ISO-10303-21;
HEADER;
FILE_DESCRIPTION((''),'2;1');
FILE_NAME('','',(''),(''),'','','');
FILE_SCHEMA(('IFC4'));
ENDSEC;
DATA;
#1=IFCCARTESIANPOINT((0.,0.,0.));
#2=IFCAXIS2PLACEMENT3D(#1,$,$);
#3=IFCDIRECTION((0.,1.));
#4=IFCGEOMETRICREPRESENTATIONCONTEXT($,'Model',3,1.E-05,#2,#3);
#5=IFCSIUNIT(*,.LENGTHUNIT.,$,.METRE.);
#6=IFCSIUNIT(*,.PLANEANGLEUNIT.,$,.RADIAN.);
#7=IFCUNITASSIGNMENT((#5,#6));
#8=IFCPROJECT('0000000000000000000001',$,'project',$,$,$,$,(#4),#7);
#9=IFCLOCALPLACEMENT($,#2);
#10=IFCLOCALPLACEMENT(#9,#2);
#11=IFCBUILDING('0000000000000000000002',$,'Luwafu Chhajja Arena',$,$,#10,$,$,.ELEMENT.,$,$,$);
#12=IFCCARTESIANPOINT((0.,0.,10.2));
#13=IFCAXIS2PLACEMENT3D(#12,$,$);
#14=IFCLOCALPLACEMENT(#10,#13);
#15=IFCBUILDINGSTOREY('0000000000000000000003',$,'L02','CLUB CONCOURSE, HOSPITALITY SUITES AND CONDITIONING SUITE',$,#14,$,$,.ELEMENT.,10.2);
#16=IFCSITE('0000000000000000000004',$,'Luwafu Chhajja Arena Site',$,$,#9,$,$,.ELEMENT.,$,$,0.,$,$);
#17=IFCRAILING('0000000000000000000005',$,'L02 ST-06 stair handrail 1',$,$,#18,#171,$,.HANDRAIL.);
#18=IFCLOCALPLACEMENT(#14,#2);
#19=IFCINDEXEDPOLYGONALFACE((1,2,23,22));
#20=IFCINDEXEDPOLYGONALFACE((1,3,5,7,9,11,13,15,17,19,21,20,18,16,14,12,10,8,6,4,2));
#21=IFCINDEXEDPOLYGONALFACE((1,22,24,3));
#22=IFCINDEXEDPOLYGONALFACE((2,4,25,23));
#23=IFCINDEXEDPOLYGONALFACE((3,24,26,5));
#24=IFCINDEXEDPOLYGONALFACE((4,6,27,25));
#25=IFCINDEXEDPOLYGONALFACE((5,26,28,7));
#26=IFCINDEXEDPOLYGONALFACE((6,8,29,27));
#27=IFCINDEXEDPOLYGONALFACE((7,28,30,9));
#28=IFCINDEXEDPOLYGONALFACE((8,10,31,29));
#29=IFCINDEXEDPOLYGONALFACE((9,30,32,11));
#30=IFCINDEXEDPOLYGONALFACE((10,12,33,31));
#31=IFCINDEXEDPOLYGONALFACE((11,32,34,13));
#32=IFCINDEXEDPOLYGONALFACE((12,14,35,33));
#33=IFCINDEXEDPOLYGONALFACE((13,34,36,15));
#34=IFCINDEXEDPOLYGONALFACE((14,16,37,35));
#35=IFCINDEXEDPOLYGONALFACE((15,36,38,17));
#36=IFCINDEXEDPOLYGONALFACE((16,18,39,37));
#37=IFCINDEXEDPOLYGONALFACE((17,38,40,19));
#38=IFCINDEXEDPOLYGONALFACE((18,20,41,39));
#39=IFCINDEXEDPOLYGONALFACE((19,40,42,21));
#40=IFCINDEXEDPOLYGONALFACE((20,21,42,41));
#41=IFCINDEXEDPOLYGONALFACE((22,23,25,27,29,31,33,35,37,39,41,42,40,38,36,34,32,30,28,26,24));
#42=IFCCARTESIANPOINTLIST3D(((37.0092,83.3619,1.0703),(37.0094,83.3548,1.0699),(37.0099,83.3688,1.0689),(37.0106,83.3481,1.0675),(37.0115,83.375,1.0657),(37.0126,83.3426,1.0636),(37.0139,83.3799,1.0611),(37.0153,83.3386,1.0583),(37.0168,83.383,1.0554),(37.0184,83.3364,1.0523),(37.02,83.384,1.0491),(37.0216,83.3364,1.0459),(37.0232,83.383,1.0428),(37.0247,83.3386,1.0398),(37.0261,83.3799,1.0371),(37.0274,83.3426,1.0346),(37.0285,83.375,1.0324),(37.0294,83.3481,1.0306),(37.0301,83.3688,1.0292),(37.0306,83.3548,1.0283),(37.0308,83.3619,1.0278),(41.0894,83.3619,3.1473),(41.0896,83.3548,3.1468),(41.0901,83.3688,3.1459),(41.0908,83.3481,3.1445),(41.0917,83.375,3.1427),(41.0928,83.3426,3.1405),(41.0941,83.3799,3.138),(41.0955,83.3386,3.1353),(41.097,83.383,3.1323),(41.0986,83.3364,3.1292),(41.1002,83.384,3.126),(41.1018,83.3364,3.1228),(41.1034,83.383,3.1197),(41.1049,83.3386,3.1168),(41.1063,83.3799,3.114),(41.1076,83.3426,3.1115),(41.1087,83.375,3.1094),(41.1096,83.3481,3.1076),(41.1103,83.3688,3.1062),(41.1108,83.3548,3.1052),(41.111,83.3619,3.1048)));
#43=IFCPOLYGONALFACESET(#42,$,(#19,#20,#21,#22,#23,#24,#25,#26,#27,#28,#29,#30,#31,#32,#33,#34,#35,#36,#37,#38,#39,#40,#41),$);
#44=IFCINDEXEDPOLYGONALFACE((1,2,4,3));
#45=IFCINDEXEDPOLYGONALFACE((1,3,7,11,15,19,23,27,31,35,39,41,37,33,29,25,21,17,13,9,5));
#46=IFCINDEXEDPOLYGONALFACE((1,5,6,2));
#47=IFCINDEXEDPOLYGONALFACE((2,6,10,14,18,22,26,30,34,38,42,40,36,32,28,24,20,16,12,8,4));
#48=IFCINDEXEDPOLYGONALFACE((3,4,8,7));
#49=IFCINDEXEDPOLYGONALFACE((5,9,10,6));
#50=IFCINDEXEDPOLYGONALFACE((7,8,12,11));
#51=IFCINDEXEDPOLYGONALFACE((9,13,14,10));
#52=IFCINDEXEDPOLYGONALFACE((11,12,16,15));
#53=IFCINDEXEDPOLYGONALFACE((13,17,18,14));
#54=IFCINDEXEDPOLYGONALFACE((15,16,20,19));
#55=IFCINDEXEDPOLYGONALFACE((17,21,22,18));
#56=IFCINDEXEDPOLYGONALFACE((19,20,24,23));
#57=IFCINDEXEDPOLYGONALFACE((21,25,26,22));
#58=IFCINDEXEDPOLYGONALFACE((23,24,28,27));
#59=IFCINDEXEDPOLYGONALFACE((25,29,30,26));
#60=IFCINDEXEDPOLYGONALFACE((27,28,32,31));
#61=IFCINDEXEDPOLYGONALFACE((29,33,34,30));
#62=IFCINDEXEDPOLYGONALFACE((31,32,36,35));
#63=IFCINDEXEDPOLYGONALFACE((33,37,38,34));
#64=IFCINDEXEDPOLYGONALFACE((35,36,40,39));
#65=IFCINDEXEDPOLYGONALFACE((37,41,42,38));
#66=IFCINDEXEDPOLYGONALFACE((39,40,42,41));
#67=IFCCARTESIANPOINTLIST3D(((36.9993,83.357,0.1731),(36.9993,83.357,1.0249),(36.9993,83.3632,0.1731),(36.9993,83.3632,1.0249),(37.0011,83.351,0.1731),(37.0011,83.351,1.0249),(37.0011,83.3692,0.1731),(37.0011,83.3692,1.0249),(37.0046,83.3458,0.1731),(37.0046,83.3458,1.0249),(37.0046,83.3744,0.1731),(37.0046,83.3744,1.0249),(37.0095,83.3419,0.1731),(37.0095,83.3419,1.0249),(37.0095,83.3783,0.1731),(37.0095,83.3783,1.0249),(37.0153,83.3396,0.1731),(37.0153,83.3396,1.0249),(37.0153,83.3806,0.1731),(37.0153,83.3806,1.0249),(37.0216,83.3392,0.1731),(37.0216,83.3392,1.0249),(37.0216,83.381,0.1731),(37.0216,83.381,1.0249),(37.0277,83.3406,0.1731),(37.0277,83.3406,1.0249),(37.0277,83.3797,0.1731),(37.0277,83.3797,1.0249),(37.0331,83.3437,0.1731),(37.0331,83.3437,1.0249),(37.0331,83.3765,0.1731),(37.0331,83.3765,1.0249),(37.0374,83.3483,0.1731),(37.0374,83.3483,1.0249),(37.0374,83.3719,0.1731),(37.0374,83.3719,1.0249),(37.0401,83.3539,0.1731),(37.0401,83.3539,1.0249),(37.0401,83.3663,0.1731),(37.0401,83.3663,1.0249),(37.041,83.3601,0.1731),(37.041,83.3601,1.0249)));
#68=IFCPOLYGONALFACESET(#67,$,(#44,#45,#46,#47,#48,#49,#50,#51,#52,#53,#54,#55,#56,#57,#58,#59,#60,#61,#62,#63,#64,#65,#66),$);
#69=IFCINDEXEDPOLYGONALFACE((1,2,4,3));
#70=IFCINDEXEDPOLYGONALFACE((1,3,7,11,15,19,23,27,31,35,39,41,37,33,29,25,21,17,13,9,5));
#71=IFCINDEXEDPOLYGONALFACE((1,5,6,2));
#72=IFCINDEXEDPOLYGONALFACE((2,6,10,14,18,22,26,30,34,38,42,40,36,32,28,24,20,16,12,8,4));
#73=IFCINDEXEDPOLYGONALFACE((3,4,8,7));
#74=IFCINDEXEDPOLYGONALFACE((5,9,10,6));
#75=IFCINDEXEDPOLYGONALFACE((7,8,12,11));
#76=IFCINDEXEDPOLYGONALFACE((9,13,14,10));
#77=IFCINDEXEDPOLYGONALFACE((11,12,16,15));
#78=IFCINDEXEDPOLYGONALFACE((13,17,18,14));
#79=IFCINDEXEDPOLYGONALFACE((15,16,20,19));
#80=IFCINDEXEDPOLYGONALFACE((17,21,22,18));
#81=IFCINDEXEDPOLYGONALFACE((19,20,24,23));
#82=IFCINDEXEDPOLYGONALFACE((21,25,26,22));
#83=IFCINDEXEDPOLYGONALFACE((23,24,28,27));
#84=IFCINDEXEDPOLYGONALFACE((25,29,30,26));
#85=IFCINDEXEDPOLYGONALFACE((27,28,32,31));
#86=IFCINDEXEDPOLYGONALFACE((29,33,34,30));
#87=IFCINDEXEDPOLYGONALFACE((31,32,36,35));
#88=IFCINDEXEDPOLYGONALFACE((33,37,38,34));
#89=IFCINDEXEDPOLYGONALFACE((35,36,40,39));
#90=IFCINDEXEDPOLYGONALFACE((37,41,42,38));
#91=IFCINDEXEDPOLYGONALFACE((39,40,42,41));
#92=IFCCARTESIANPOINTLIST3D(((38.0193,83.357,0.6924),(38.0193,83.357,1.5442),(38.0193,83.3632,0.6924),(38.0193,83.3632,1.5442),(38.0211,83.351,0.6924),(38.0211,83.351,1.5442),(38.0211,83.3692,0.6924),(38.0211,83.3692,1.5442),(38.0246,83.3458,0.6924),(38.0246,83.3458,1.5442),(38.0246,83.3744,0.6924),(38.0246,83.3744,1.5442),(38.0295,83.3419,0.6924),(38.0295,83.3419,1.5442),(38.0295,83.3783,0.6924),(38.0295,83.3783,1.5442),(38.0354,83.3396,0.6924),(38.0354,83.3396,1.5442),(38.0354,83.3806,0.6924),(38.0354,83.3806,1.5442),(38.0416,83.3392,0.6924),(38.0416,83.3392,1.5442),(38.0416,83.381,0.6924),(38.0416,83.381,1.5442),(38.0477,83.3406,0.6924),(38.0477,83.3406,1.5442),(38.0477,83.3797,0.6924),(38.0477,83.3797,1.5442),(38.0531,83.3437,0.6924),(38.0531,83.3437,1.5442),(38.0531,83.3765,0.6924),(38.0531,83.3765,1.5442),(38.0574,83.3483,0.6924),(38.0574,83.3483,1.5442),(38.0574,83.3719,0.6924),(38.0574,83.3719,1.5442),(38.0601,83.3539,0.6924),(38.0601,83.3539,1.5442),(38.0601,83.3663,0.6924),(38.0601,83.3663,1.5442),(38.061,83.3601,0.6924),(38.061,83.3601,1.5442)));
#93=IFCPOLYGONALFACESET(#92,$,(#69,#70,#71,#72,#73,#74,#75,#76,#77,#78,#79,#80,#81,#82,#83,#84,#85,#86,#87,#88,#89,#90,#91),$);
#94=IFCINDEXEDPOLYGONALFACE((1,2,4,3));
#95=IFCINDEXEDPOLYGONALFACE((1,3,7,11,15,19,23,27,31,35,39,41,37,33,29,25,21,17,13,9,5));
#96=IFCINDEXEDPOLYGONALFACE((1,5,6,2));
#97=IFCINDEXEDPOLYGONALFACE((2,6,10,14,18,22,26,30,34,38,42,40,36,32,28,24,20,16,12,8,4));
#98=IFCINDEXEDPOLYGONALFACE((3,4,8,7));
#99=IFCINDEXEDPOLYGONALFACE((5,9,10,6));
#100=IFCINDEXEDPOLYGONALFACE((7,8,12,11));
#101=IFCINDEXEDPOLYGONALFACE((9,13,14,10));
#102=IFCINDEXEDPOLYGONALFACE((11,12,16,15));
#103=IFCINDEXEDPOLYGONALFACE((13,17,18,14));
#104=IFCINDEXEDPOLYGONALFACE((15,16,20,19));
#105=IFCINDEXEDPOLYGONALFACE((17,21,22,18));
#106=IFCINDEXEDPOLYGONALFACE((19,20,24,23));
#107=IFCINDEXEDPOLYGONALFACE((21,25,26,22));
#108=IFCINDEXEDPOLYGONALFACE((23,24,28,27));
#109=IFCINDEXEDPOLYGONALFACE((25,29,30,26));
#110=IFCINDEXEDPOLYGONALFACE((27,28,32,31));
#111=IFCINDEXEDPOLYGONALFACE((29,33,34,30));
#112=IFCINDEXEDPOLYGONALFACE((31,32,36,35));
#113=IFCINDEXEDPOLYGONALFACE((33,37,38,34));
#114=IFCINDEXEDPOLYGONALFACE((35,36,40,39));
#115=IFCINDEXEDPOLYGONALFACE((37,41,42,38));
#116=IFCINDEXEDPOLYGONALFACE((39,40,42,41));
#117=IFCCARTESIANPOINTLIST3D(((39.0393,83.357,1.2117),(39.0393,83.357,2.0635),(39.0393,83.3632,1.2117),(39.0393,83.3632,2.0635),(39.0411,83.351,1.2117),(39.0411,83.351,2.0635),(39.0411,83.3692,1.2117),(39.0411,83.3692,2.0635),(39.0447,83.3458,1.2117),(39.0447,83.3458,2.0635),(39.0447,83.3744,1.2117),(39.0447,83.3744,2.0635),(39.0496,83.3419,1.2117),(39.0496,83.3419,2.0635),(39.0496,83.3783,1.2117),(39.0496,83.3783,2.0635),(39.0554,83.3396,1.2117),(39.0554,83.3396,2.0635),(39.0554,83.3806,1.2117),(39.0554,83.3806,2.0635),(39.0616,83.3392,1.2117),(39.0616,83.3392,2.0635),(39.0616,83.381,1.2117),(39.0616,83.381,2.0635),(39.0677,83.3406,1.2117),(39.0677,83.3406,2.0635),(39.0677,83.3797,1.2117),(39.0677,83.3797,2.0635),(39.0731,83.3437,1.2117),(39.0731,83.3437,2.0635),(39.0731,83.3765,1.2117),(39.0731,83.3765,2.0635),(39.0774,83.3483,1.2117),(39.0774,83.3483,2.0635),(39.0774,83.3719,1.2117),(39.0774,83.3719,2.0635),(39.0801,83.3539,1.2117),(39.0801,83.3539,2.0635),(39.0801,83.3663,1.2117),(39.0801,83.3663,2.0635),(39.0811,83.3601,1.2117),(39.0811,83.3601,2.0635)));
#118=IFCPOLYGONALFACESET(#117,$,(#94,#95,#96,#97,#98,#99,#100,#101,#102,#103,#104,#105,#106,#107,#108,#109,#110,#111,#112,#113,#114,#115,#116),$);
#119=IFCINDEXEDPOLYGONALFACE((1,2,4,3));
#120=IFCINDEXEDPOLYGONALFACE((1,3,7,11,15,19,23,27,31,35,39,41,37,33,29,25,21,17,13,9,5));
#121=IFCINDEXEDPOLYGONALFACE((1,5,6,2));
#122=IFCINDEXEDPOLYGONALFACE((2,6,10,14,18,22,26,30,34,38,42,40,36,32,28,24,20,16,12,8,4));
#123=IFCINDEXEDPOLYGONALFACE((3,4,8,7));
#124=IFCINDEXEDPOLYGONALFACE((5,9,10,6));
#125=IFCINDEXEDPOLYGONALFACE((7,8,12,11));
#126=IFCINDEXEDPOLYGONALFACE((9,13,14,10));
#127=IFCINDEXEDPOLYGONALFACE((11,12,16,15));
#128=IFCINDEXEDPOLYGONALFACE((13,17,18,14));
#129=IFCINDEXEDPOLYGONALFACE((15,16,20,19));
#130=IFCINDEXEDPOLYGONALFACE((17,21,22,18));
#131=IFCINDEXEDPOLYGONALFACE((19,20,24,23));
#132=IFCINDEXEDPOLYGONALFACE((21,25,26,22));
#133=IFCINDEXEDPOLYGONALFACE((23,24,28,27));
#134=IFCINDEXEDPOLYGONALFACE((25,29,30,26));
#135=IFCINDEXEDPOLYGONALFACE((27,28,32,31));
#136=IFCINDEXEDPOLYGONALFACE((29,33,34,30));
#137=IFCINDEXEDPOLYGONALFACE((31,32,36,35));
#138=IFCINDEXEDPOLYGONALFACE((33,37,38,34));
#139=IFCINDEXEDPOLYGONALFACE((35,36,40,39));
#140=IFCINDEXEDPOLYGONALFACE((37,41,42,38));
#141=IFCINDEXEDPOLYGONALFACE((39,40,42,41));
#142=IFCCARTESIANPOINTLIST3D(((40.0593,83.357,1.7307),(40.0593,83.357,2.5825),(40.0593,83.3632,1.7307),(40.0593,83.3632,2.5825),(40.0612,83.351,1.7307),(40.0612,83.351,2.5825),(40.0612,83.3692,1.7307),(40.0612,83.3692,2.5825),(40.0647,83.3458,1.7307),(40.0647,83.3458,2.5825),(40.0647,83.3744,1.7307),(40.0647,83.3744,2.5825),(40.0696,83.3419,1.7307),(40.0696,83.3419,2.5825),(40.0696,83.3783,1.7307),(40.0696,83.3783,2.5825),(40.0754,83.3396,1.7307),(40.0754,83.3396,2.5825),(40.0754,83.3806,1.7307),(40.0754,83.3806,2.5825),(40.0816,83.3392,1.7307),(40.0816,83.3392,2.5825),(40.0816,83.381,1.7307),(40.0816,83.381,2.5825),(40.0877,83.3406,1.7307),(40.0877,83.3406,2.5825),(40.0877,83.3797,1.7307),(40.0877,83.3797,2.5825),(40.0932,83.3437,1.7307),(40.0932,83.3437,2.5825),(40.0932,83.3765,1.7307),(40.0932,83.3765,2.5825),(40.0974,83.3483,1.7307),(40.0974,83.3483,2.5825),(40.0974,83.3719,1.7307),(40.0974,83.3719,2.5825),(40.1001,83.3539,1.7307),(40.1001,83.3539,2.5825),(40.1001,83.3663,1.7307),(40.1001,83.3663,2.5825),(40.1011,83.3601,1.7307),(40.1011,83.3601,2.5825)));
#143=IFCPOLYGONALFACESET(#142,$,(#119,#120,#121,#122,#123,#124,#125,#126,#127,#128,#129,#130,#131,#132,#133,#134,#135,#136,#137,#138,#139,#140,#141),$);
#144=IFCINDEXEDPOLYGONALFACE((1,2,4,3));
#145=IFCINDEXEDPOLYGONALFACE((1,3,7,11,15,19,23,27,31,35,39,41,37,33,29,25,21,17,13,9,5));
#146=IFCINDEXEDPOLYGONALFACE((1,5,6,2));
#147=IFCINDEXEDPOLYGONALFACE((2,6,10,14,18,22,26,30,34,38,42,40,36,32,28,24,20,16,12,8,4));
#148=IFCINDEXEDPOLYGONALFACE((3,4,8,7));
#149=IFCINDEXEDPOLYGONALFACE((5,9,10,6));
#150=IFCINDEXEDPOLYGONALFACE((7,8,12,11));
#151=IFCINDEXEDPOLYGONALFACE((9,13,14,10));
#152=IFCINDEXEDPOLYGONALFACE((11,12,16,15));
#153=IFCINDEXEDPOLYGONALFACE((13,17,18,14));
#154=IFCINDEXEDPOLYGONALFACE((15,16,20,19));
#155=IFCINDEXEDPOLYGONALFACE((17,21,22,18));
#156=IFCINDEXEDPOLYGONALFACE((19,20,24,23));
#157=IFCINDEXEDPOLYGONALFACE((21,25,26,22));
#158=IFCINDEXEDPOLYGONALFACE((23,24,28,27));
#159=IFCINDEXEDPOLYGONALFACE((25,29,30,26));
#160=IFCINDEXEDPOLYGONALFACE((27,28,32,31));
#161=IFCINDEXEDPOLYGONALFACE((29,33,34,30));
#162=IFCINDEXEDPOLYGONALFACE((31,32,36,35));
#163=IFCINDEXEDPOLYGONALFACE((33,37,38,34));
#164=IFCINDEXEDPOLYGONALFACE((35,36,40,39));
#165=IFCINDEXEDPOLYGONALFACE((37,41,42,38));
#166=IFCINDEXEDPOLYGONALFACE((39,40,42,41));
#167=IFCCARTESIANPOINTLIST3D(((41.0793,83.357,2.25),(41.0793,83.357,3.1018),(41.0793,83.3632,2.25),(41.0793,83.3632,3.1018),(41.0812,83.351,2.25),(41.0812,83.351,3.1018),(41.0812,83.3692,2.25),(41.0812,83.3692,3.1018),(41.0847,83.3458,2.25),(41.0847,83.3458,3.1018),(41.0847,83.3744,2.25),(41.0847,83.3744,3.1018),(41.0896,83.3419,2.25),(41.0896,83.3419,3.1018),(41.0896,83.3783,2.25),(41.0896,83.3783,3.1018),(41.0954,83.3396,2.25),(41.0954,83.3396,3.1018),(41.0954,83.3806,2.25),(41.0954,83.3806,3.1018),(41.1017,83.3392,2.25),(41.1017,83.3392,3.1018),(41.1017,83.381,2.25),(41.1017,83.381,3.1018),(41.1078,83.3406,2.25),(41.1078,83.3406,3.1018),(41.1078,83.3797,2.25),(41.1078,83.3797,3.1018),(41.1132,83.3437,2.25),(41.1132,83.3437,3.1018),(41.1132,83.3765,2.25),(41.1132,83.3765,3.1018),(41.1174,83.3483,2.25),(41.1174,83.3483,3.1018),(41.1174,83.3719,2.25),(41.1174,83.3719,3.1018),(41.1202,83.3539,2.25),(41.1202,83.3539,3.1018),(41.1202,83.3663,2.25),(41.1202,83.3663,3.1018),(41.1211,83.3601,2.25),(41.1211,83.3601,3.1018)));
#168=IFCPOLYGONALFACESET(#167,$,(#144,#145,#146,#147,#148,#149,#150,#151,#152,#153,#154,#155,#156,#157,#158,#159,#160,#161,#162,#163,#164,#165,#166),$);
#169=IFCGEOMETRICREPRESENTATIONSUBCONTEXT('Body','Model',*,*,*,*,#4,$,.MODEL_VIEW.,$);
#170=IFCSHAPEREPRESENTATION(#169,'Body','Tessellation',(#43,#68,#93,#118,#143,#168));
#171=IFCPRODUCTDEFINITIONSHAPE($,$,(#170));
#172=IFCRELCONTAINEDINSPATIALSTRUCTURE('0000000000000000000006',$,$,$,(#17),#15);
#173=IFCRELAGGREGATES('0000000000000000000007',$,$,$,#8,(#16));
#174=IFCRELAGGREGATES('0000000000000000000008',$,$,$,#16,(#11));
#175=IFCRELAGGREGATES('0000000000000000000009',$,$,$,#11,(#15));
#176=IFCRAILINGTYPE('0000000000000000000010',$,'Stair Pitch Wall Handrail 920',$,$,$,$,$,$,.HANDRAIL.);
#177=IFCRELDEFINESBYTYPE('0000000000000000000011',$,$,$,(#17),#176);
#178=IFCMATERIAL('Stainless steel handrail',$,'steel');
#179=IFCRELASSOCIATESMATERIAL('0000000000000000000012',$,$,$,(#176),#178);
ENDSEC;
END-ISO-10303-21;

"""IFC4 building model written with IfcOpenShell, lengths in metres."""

from ifc_helpers import new_model, si_unit, direction, frame, origin, origin_2d, place, context, subcontext, project, spatial, circle, extrude, material, type_object, element, save


model = new_model("IFC4")

# Units and contexts
model_context = context("Model", 3, precision=1e-05, world=origin(), true_north=direction((0.0, 1.0)))
body_context = subcontext(model_context, "Body", "Model", "MODEL_VIEW")
ifc_project = project(units=[si_unit("LENGTHUNIT", "METRE"), si_unit("PLANEANGLEUNIT", "RADIAN")], contexts=[model_context])

# Site, building, storey
site_placement = place(None, origin())
site = spatial("IfcSite", under=ifc_project, at=site_placement, Name="Luwafu Chhajja Arena Site", CompositionType="ELEMENT", RefElevation=0.0)
building_placement = place(site_placement, origin())
building = spatial("IfcBuilding", under=site, at=building_placement, Name="Luwafu Chhajja Arena", CompositionType="ELEMENT")
storey_placement = place(building_placement, frame((0.0, 0.0, 10.2)))
storey = spatial("IfcBuildingStorey", under=building, at=storey_placement, Name="L02", Description="CLUB CONCOURSE, HOSPITALITY SUITES AND CONDITIONING SUITE", CompositionType="ELEMENT", Elevation=10.2)

# Railing
ifc_material_1 = material(Name="Stainless steel handrail", Category="steel")
railing_type_1 = type_object("IfcRailingType", Name="Stair Pitch Wall Handrail 920", PredefinedType="HANDRAIL", material=ifc_material_1)
railing_1_placement = place(storey_placement, frame((37.02, 83.3601, 0.1731)))
element("IfcRailing", 1, at=railing_1_placement, inside=storey, type_object=railing_type_1, Name="L02 ST-06 stair handrail 1", PredefinedType="HANDRAIL", context=body_context, shape_type="SweptSolid", body=[
    extrude(circle(Radius=0.0239, at=origin_2d()), frame((0.0, 0.0, 0.876), z_axis=(0.891183, 0.0, 0.453644), x_axis=(0.0, 1.0, 0.0)), (0.0, 0.0, 1.0), 4.5784),
    extrude(circle(Radius=0.021, at=origin_2d()), origin(), (0.0, 0.0, 1.0), 0.8518),
    extrude(circle(Radius=0.021, at=origin_2d()), frame((1.02, 0.0, 0.5193)), (0.0, 0.0, 1.0), 0.8518),
    extrude(circle(Radius=0.021, at=origin_2d()), frame((2.04, 0.0, 1.0386)), (0.0, 0.0, 1.0), 0.8518),
    extrude(circle(Radius=0.021, at=origin_2d()), frame((3.0601, 0.0, 1.5576)), (0.0, 0.0, 1.0), 0.8518),
    extrude(circle(Radius=0.021, at=origin_2d()), frame((4.0801, 0.0, 2.0769)), (0.0, 0.0, 1.0), 0.8518),
])

save(model, "model.ifc")
